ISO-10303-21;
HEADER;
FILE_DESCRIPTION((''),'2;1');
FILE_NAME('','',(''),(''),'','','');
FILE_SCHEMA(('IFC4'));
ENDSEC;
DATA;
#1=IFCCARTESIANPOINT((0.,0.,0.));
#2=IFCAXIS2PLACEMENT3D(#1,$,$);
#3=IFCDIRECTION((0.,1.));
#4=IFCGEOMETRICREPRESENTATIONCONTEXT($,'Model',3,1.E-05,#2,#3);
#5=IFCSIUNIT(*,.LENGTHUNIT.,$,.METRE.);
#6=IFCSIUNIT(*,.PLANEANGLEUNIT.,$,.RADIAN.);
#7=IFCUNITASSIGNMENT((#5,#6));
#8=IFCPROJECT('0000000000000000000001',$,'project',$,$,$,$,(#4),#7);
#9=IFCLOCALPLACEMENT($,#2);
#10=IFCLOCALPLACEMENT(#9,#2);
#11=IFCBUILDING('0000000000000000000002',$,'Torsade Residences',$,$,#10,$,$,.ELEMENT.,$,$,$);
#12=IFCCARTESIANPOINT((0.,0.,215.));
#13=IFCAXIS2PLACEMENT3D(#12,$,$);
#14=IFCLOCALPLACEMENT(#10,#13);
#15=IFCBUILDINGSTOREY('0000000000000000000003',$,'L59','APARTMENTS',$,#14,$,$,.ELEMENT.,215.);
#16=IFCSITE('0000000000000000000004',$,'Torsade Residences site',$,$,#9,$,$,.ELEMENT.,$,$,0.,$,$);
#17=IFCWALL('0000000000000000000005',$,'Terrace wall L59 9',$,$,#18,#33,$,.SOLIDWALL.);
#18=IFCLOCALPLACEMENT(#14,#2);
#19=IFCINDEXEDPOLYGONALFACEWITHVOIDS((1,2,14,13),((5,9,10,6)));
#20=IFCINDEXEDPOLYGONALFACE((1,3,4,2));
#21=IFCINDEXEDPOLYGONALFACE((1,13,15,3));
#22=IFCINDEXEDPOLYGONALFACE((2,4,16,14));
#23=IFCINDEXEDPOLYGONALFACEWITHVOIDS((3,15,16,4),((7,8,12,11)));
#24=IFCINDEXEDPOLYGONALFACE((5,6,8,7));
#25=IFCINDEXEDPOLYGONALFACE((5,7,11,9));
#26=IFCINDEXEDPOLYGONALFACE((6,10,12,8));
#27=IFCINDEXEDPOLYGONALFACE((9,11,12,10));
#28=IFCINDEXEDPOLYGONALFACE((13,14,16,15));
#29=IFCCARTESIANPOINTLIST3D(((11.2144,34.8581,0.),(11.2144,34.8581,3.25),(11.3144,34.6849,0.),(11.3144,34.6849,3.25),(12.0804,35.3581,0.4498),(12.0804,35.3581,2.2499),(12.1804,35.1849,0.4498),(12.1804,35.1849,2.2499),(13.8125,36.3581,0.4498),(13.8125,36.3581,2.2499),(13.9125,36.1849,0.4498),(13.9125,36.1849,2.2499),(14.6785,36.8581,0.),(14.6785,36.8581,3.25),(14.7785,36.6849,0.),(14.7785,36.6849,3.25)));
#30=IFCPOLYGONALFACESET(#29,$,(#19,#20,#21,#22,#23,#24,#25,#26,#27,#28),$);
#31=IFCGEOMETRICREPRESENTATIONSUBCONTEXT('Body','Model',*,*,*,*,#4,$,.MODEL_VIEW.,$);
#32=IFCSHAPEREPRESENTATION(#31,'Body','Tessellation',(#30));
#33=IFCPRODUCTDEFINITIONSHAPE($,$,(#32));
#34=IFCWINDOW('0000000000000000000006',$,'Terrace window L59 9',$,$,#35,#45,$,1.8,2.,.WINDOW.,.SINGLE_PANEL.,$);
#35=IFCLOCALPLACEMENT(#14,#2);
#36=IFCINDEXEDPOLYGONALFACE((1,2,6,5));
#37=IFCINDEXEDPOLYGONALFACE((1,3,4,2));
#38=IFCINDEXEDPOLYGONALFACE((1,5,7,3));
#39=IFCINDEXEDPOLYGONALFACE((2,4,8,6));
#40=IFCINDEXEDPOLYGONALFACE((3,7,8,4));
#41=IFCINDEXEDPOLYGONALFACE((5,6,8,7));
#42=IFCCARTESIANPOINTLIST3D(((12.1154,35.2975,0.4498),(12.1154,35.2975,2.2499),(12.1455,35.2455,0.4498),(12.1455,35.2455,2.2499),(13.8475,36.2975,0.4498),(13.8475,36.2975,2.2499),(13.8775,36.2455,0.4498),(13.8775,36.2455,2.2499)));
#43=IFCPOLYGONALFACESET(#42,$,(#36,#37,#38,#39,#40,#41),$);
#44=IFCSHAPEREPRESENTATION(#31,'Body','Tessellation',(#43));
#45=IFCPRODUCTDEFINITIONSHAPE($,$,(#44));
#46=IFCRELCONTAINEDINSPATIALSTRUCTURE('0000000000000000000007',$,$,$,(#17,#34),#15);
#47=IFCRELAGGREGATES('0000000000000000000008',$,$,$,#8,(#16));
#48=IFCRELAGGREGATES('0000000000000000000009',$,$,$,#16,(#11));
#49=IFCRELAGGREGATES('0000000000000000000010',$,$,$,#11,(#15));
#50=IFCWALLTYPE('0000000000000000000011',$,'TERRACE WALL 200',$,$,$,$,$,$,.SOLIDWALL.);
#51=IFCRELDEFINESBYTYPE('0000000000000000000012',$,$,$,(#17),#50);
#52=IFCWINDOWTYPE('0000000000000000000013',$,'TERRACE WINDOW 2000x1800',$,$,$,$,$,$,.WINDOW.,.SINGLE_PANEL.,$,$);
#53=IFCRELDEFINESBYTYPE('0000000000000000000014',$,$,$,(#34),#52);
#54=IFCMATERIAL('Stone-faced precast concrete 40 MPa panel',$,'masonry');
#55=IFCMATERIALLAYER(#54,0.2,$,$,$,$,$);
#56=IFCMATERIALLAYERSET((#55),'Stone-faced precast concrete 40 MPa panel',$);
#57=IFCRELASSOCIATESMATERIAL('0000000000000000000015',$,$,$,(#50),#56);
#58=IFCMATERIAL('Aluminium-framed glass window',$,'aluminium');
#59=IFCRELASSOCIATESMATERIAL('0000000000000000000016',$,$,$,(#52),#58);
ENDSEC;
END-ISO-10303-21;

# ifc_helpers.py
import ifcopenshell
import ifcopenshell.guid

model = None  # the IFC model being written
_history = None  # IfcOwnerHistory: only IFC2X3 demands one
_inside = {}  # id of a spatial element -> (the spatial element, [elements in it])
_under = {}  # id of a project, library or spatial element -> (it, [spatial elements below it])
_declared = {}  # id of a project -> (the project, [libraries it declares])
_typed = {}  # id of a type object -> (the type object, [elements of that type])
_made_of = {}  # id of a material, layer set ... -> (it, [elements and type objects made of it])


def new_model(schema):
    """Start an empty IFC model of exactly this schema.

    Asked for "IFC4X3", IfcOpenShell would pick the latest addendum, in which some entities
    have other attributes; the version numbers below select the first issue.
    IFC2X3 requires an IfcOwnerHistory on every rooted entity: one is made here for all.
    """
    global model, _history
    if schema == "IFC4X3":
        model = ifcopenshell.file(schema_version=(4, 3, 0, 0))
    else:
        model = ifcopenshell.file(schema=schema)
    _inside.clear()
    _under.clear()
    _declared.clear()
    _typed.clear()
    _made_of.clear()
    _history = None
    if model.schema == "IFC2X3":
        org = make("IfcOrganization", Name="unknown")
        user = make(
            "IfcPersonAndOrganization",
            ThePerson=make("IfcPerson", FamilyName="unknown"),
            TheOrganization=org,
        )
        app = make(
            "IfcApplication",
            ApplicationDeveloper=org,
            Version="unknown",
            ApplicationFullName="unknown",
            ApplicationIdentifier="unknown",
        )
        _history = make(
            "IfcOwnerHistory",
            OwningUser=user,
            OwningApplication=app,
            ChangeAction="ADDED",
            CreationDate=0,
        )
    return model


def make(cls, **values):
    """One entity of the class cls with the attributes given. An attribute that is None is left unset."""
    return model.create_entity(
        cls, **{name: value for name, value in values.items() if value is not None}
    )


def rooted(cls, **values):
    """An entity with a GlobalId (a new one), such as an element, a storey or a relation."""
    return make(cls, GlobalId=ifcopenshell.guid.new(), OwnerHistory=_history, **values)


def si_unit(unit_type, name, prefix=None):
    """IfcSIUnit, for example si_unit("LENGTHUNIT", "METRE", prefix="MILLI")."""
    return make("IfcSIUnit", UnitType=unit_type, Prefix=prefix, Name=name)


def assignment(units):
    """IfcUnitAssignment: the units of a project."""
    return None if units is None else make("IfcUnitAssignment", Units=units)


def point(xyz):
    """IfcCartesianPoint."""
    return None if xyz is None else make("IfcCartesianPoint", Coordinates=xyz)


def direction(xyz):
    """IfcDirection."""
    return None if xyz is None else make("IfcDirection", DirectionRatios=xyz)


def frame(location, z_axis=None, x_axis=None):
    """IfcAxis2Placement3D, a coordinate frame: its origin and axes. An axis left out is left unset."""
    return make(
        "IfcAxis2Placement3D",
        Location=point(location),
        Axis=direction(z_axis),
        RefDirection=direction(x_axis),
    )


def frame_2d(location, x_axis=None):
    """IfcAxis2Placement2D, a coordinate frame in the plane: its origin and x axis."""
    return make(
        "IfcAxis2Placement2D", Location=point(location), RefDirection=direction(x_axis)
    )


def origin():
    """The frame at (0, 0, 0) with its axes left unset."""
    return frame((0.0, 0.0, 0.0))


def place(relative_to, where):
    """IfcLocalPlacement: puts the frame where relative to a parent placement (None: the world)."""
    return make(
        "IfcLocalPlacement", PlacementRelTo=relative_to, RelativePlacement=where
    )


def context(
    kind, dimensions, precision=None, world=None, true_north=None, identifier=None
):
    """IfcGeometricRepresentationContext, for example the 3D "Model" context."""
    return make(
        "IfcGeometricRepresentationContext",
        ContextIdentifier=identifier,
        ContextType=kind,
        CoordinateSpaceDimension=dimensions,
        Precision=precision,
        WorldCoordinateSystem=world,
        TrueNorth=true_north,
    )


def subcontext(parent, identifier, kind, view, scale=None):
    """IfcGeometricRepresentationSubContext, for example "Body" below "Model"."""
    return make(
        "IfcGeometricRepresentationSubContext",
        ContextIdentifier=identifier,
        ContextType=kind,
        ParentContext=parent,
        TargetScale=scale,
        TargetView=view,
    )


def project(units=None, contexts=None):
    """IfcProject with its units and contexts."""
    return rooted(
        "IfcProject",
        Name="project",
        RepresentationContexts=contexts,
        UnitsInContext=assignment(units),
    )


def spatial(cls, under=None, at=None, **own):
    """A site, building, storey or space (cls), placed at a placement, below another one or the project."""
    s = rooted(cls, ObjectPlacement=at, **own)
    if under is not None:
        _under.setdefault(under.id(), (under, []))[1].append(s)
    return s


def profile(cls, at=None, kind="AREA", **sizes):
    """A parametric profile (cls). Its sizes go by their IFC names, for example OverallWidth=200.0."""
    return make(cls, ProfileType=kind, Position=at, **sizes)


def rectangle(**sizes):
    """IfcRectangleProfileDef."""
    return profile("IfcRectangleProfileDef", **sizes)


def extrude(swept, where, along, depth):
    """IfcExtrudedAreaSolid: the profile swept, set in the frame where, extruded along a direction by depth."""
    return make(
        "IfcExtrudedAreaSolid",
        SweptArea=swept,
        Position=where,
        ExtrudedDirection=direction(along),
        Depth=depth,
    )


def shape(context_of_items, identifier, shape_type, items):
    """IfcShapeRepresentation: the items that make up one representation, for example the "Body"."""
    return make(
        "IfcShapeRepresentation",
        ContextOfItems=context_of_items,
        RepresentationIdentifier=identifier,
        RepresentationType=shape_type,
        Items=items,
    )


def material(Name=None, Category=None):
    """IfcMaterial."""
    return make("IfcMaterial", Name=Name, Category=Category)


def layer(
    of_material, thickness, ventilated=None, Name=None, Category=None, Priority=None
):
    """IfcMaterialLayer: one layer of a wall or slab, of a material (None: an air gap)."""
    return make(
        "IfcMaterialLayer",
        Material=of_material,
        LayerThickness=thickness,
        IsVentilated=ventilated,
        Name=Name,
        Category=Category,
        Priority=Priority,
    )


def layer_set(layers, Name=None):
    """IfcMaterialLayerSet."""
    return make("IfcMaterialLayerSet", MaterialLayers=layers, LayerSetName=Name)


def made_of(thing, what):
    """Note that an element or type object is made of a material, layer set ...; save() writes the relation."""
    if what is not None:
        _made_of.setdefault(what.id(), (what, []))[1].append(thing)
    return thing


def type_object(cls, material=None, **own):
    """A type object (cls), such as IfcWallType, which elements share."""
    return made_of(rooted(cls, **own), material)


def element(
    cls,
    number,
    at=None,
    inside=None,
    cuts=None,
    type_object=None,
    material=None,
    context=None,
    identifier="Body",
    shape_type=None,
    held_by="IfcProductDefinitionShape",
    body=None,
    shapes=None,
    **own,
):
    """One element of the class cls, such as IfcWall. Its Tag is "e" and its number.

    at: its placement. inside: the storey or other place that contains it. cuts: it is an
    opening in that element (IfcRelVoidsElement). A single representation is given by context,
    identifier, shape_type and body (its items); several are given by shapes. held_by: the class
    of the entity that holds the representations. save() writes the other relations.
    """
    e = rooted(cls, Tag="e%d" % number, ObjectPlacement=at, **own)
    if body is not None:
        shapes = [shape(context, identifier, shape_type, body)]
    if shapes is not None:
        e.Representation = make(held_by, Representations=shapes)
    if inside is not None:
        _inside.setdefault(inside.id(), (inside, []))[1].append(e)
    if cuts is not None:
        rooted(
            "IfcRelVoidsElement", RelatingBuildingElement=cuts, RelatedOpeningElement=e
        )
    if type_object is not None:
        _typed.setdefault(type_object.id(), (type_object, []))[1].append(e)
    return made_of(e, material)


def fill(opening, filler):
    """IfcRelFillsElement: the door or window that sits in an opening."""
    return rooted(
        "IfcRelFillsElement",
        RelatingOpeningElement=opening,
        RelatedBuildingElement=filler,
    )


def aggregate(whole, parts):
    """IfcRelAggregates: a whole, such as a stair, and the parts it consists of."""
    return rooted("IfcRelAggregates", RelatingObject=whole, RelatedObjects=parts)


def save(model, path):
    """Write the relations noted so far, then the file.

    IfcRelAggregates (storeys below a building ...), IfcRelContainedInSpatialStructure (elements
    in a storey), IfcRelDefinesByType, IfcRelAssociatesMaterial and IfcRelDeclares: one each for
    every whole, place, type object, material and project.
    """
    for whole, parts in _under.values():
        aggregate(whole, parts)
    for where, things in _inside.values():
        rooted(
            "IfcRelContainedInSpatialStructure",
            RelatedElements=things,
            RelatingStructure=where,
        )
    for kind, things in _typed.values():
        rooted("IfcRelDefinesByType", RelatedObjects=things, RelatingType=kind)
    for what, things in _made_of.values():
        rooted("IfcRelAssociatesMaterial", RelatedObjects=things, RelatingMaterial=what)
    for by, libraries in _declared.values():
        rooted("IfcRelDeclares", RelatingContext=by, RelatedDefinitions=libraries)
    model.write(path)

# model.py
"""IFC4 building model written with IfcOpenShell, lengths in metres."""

from ifc_helpers import new_model, si_unit, direction, frame, frame_2d, origin, place, context, subcontext, project, spatial, rectangle, extrude, material, layer, layer_set, type_object, element, fill, save


model = new_model("IFC4")

# Units and contexts
model_context = context("Model", 3, precision=1e-05, world=origin(), true_north=direction((0.0, 1.0)))
body_context = subcontext(model_context, "Body", "Model", "MODEL_VIEW")
ifc_project = project(units=[si_unit("LENGTHUNIT", "METRE"), si_unit("PLANEANGLEUNIT", "RADIAN")], contexts=[model_context])

# Site, building, storey
site_placement = place(None, origin())
site = spatial("IfcSite", under=ifc_project, at=site_placement, Name="Torsade Residences site", CompositionType="ELEMENT", RefElevation=0.0)
building_placement = place(site_placement, origin())
building = spatial("IfcBuilding", under=site, at=building_placement, Name="Torsade Residences", CompositionType="ELEMENT")
storey_placement = place(building_placement, frame((0.0, 0.0, 215.0)))
storey = spatial("IfcBuildingStorey", under=building, at=storey_placement, Name="L59", Description="APARTMENTS", CompositionType="ELEMENT", Elevation=215.0)

# Wall, opening, window
ifc_material_1 = material(Name="Stone-faced precast concrete 40 MPa panel", Category="masonry")
ifc_layer_1 = layer(ifc_material_1, 0.2)
ifc_layer_set_1 = layer_set([ifc_layer_1], Name="Stone-faced precast concrete 40 MPa panel")
wall_type_1 = type_object("IfcWallType", Name="TERRACE WALL 200", PredefinedType="SOLIDWALL", material=ifc_layer_set_1)
wall_1_placement = place(storey_placement, frame((14.7285, 36.7715, 0.0), z_axis=(0.0, 0.0, 1.0), x_axis=(-0.866026, -0.499999, 0.0)))
wall_1 = element("IfcWall", 1, at=wall_1_placement, inside=storey, type_object=wall_type_1, Name="Terrace wall L59 9", PredefinedType="SOLIDWALL", context=body_context, shape_type="SweptSolid", body=[
    extrude(rectangle(XDim=4.0, YDim=0.2, at=frame_2d((2.0, 0.0))), origin(), (0.0, 0.0, 1.0), 3.25),
])
opening_1_placement = place(wall_1_placement, frame((1.0, 0.0, 0.45)))
opening_1 = element("IfcOpeningElement", 2, at=opening_1_placement, cuts=wall_1, PredefinedType="OPENING", context=body_context, shape_type="SweptSolid", body=[
    extrude(rectangle(XDim=2.0, YDim=1.8, at=frame_2d((1.0, 0.8999))), frame((0.0, 0.1099, 0.0), z_axis=(0.0, -1.0, 0.0), x_axis=(1.0, 0.0, 0.0)), (0.0, 0.0, 1.0), 0.22),
])
ifc_material_2 = material(Name="Aluminium-framed glass window", Category="aluminium")
window_type = type_object("IfcWindowType", Name="TERRACE WINDOW 2000x1800", PartitioningType="SINGLE_PANEL", PredefinedType="WINDOW", material=ifc_material_2)
window_placement = place(opening_1_placement, origin())
window = element("IfcWindow", 3, at=window_placement, inside=storey, type_object=window_type, Name="Terrace window L59 9", OverallHeight=1.8, OverallWidth=2.0, PartitioningType="SINGLE_PANEL", PredefinedType="WINDOW", context=body_context, shape_type="SweptSolid", body=[
    extrude(rectangle(XDim=2.0, YDim=1.8, at=frame_2d((1.0, 0.8999))), frame((0.0, 0.03, 0.0), z_axis=(0.0, -1.0, 0.0), x_axis=(1.0, 0.0, 0.0)), (0.0, 0.0, 1.0), 0.0601),
])
fill(opening_1, window)

save(model, "model.ifc")
